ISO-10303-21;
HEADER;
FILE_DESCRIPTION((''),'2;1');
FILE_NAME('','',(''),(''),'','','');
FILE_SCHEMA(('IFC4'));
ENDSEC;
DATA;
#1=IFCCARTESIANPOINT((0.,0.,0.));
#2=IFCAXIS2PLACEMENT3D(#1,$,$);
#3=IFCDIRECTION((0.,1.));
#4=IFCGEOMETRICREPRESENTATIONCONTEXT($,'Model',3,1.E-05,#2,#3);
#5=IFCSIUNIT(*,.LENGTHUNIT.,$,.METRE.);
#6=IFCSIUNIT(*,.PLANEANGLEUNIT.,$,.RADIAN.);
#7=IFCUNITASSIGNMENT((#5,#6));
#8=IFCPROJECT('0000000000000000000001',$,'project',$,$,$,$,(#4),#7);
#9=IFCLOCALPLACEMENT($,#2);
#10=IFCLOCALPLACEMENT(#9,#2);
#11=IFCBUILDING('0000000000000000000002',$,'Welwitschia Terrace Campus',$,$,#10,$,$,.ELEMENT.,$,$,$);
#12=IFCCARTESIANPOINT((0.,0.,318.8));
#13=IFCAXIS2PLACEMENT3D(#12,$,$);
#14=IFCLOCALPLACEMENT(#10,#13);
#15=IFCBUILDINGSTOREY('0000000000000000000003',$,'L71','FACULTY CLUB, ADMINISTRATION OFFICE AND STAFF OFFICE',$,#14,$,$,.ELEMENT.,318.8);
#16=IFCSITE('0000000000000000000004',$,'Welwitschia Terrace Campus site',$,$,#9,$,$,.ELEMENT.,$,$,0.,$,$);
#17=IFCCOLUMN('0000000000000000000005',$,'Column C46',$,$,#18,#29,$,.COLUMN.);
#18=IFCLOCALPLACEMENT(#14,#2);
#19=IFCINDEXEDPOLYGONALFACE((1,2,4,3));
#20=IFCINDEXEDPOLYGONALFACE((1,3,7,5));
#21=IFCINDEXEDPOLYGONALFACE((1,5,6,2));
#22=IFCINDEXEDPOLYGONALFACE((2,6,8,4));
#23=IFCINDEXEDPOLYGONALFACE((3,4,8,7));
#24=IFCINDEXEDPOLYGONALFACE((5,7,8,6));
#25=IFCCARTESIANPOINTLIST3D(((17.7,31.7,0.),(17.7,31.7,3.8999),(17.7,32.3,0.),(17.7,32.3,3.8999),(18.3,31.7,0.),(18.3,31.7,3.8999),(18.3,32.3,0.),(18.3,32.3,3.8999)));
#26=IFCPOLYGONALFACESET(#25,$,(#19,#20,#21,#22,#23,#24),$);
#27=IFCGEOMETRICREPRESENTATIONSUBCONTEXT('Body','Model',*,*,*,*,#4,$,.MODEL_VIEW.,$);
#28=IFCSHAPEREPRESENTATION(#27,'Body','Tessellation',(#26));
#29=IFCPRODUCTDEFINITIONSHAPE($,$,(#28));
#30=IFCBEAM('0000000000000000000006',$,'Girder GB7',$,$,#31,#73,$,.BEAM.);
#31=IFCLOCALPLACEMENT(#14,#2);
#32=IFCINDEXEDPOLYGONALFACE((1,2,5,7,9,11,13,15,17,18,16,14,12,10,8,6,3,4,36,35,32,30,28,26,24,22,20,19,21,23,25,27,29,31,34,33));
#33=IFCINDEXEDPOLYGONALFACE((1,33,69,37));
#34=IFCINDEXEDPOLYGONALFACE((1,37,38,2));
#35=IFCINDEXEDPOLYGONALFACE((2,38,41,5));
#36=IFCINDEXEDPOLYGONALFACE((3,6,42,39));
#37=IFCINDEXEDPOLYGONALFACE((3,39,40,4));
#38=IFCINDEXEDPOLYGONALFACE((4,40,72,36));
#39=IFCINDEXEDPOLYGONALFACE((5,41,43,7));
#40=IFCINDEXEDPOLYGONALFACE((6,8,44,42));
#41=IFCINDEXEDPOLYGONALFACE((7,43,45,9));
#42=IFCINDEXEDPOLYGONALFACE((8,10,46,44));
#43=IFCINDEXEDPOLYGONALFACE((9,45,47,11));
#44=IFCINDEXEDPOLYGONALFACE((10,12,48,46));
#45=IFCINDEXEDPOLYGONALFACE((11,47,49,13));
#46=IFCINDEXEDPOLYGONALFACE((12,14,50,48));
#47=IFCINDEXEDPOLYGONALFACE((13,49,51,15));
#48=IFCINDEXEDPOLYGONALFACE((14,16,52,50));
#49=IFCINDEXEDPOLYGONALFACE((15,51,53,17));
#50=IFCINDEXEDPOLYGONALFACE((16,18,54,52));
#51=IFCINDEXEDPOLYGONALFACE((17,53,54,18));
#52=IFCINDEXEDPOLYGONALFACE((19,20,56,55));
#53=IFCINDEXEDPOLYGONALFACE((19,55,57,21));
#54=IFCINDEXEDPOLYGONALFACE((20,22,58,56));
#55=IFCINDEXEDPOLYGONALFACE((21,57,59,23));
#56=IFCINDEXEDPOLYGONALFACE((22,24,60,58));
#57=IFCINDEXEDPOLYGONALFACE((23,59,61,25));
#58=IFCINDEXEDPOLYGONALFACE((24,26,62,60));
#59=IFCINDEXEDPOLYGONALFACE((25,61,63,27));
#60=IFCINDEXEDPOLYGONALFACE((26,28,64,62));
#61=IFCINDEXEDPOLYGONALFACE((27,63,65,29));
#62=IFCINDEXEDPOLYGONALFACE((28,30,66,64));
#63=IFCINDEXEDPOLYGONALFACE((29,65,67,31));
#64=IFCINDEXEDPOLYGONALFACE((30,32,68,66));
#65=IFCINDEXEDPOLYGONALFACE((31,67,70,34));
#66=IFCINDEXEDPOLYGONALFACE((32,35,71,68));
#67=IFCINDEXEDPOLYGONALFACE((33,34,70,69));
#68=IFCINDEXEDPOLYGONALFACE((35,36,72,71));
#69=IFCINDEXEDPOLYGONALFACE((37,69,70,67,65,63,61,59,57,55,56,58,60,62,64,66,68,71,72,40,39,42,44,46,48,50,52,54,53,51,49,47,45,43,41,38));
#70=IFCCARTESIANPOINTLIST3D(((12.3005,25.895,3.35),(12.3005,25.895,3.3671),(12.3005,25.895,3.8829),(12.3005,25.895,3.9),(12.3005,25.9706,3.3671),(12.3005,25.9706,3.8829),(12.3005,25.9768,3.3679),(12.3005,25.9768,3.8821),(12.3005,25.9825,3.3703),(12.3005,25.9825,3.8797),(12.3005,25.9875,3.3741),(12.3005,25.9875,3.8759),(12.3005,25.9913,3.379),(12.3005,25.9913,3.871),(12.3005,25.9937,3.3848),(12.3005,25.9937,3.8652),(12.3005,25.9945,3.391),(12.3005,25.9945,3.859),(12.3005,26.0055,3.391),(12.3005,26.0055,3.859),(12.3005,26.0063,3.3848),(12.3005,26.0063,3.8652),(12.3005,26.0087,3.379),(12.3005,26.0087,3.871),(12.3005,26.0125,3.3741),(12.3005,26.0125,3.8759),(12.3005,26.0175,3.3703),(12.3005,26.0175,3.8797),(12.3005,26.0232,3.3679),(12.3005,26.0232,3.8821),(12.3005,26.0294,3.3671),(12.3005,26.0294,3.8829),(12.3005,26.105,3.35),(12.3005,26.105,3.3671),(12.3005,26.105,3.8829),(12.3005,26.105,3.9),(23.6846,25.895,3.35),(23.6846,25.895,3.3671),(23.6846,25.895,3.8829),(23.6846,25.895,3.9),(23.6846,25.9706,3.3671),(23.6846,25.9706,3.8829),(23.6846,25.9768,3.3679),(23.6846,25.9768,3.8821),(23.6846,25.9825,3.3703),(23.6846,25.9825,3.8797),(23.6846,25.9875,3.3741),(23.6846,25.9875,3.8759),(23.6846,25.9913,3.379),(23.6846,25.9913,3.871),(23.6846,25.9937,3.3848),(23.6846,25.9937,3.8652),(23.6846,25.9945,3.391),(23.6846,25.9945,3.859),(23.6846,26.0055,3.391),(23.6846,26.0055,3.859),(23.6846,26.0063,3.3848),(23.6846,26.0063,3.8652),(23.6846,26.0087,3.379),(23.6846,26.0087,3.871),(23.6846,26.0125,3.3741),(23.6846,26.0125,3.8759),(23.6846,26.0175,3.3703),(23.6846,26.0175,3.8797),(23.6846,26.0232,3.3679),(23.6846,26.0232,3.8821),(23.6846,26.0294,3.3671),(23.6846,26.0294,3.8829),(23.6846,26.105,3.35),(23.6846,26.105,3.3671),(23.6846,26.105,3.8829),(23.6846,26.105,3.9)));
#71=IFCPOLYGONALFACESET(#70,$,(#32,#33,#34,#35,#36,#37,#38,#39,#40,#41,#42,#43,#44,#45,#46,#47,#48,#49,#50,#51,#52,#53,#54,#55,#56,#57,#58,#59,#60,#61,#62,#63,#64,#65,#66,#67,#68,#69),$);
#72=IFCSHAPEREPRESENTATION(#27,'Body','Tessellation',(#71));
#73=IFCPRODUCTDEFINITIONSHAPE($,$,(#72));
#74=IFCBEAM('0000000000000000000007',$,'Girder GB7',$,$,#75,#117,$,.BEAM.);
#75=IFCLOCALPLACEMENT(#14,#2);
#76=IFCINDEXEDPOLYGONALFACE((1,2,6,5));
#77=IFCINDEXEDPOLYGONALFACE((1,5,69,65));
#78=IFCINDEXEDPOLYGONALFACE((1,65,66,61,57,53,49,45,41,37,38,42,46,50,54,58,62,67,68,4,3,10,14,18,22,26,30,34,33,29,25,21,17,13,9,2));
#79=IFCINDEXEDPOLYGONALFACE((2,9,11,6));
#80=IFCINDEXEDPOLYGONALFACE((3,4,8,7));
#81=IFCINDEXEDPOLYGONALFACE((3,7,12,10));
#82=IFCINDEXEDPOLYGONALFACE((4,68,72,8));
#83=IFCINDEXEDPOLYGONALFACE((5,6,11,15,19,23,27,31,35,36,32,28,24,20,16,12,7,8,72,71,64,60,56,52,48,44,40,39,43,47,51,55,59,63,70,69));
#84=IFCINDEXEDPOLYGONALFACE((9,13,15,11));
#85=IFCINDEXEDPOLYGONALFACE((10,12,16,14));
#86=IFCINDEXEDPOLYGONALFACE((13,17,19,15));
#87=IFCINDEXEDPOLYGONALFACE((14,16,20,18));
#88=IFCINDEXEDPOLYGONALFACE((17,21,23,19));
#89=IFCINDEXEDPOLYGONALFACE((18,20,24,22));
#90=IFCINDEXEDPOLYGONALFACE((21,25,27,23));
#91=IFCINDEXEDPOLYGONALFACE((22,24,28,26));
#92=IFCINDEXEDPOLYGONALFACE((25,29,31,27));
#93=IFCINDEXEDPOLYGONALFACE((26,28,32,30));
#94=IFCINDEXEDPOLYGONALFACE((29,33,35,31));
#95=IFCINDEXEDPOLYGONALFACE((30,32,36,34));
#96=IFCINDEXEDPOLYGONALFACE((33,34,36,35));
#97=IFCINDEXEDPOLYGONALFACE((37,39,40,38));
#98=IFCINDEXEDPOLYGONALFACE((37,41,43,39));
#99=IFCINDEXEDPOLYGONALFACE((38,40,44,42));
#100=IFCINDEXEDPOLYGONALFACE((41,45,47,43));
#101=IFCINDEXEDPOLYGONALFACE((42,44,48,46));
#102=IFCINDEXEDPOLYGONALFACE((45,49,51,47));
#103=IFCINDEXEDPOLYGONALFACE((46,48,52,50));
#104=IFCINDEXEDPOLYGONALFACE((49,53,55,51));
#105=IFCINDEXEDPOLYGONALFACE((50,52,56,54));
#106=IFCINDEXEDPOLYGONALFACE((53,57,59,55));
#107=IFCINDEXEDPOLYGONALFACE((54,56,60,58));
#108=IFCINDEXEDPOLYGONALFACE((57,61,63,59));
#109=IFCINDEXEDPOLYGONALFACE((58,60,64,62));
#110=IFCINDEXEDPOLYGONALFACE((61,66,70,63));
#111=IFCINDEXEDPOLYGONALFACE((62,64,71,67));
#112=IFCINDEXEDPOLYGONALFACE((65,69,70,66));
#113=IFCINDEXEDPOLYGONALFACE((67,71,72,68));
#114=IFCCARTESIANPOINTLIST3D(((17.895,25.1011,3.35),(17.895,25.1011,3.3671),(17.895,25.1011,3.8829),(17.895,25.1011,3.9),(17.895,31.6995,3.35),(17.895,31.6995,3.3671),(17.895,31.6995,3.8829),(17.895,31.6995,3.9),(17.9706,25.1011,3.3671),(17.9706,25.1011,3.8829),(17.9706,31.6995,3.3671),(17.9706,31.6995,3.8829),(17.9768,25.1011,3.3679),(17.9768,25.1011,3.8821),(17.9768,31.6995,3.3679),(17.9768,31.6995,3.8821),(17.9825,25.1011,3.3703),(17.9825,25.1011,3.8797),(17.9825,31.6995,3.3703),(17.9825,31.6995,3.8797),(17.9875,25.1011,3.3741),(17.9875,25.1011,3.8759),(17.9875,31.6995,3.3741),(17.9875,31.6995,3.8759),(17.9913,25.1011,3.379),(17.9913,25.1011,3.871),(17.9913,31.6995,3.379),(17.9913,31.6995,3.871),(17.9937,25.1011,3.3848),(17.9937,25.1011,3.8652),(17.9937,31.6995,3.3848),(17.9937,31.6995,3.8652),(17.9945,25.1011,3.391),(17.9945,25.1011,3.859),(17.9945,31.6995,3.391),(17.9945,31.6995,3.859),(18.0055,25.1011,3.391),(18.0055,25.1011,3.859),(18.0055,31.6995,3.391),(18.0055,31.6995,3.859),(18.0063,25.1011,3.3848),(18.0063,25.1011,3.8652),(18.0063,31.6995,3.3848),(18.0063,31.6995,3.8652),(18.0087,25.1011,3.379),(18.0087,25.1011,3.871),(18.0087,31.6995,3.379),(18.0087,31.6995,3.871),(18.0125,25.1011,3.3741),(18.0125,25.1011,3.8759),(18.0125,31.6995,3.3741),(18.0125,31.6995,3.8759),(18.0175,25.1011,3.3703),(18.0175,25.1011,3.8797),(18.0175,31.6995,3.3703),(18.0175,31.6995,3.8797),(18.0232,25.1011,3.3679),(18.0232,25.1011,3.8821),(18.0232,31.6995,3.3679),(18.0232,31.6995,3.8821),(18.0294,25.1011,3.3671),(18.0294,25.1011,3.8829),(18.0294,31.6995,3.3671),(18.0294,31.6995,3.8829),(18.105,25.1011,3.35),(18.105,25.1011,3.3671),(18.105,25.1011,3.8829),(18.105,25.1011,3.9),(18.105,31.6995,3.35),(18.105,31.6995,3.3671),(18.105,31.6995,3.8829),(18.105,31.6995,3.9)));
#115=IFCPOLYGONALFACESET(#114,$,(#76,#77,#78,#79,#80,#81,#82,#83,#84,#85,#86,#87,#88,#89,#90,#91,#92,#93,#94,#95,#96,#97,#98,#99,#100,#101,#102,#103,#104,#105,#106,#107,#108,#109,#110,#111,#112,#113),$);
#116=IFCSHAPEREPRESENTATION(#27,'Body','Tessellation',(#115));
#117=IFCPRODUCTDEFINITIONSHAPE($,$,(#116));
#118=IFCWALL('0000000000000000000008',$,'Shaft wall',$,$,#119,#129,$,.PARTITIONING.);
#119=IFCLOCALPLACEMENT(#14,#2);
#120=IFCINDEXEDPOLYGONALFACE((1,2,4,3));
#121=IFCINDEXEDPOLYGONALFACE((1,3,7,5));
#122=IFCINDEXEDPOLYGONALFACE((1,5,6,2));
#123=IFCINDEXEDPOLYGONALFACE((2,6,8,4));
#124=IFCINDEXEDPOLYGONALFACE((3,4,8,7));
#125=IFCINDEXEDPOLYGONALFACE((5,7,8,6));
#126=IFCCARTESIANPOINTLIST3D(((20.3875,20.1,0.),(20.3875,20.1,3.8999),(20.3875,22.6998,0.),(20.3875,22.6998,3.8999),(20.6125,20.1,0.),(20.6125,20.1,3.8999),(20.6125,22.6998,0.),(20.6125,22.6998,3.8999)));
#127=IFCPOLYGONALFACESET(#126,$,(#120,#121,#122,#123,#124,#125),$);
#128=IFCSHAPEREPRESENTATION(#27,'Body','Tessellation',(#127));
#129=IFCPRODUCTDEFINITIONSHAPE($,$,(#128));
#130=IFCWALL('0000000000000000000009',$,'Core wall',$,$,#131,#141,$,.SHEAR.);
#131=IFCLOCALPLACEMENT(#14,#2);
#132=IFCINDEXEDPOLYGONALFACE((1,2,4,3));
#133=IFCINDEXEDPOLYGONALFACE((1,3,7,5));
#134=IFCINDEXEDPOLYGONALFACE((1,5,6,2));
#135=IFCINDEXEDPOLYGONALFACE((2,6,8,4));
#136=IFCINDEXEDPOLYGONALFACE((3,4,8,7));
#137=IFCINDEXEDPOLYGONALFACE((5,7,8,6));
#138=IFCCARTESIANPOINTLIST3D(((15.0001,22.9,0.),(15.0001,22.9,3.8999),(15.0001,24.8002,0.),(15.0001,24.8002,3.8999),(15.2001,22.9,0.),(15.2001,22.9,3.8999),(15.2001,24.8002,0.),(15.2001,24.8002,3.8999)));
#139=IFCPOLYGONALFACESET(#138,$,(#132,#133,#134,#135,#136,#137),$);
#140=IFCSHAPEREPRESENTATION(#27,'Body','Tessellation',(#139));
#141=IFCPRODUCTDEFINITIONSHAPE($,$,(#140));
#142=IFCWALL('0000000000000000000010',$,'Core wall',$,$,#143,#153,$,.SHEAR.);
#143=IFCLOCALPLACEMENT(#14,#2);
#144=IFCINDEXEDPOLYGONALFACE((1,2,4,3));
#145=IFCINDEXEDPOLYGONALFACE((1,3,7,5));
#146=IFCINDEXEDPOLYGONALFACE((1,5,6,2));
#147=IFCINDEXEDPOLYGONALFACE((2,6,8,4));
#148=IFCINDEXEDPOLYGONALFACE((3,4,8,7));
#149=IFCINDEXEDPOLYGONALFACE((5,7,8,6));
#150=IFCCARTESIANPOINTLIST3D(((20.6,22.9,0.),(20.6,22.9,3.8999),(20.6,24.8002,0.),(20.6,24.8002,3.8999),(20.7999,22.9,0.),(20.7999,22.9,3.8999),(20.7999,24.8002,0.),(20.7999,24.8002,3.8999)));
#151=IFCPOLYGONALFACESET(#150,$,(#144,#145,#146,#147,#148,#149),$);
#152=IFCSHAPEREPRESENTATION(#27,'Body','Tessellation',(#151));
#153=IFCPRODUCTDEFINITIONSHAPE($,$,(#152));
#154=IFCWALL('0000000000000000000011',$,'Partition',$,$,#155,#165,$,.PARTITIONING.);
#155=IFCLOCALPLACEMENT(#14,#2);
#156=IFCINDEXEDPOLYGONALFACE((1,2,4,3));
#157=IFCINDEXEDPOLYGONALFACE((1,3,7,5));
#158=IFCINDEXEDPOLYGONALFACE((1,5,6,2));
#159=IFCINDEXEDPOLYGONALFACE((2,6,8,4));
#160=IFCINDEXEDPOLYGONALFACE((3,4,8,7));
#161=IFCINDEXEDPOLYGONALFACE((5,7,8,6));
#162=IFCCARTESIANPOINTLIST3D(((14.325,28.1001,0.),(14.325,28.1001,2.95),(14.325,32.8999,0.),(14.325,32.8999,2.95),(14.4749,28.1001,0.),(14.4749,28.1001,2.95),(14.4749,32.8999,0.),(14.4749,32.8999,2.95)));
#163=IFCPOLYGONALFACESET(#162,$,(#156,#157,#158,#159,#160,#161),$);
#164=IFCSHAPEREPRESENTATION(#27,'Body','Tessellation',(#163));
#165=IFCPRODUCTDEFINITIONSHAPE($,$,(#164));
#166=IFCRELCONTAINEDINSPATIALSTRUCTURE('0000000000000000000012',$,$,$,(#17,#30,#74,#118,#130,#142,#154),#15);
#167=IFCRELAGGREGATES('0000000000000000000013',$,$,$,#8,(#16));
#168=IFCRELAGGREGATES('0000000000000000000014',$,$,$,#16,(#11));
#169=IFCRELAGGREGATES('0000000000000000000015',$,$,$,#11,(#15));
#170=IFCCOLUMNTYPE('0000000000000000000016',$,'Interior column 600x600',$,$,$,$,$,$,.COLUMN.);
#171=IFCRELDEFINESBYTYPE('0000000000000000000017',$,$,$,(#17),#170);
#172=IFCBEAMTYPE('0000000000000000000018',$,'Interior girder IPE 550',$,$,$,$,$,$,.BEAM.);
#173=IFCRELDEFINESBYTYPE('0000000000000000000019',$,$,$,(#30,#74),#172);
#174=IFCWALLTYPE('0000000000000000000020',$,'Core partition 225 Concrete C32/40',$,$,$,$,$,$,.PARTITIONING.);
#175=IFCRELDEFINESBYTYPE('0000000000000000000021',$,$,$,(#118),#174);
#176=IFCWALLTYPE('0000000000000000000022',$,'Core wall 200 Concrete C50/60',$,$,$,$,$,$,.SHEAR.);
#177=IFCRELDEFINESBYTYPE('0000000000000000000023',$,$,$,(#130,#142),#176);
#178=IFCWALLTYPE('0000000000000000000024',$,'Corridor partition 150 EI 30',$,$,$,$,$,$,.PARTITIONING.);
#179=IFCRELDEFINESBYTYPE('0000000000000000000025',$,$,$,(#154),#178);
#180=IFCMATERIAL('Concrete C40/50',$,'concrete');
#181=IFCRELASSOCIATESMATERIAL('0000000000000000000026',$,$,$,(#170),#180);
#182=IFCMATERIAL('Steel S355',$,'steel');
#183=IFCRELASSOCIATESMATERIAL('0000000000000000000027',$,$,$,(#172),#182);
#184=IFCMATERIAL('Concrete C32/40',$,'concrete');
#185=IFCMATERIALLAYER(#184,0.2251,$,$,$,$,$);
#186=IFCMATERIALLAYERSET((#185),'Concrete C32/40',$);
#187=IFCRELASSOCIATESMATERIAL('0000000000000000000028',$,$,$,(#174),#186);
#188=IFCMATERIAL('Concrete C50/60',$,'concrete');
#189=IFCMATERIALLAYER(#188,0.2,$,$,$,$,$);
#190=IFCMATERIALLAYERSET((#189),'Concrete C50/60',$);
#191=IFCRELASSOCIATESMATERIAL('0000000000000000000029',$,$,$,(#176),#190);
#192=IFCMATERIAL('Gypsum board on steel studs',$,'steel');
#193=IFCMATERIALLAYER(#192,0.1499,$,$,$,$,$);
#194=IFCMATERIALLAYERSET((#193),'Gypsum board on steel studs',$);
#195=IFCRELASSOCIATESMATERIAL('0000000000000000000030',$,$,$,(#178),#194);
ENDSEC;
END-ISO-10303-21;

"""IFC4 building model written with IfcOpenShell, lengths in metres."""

from ifc_helpers import new_model, si_unit, direction, frame, frame_2d, origin, origin_2d, place, context, subcontext, project, spatial, rectangle, i_section, extrude, material, layer, layer_set, material_profile, profile_set, type_object, element, save


model = new_model("IFC4")

# Units and contexts
model_context = context("Model", 3, precision=1e-05, world=origin(), true_north=direction((0.0, 1.0)))
body_context = subcontext(model_context, "Body", "Model", "MODEL_VIEW")
ifc_project = project(units=[si_unit("LENGTHUNIT", "METRE"), si_unit("PLANEANGLEUNIT", "RADIAN")], contexts=[model_context])

# Site, building, storey
site_placement = place(None, origin())
site = spatial("IfcSite", under=ifc_project, at=site_placement, Name="Welwitschia Terrace Campus site", CompositionType="ELEMENT", RefElevation=0.0)
building_placement = place(site_placement, origin())
building = spatial("IfcBuilding", under=site, at=building_placement, Name="Welwitschia Terrace Campus", CompositionType="ELEMENT")
storey_placement = place(building_placement, frame((0.0, 0.0, 318.8)))
storey = spatial("IfcBuildingStorey", under=building, at=storey_placement, Name="L71", Description="FACULTY CLUB, ADMINISTRATION OFFICE AND STAFF OFFICE", CompositionType="ELEMENT", Elevation=318.8)

# Column
ifc_material_1 = material(Name="Concrete C40/50", Category="concrete")
ifc_material_profile_1 = material_profile(ifc_material_1, rectangle(XDim=0.6001, YDim=0.6001, at=origin_2d()))
ifc_profile_set_1 = profile_set([ifc_material_profile_1], Name="Concrete C40/50")
column_type = type_object("IfcColumnType", Name="Interior column 600x600", PredefinedType="COLUMN", material=ifc_profile_set_1)
column_placement = place(storey_placement, frame((18.0, 32.0, 0.0), z_axis=(0.0, 0.0, 1.0), x_axis=(1.0, 0.0, 0.0)))
element("IfcColumn", 1, at=column_placement, inside=storey, type_object=column_type, Name="Column C46", PredefinedType="COLUMN", context=body_context, shape_type="SweptSolid", body=[
    extrude(rectangle(XDim=0.6001, YDim=0.6001, at=origin_2d()), origin(), (0.0, 0.0, 1.0), 3.8999),
])

# Beams
ifc_material_2 = material(Name="Steel S355", Category="steel")
ifc_material_profile_2 = material_profile(ifc_material_2, i_section(OverallWidth=0.21, OverallDepth=0.55, WebThickness=0.011, FlangeThickness=0.0171, FilletRadius=0.0239, at=origin_2d()))
ifc_profile_set_2 = profile_set([ifc_material_profile_2], Name="Steel S355")
beam_type = type_object("IfcBeamType", Name="Interior girder IPE 550", PredefinedType="BEAM", material=ifc_profile_set_2)
beam_1_placement = place(storey_placement, frame((12.3005, 26.0, 3.625), z_axis=(1.0, 0.0, 0.0), x_axis=(0.0, 1.0, 0.0)))
element("IfcBeam", 2, at=beam_1_placement, inside=storey, type_object=beam_type, Name="Girder GB7", PredefinedType="BEAM", context=body_context, shape_type="SweptSolid", body=[
    extrude(i_section(OverallWidth=0.21, OverallDepth=0.55, WebThickness=0.011, FlangeThickness=0.0171, FilletRadius=0.0239, at=origin_2d()), origin(), (0.0, 0.0, 1.0), 11.384),
])
beam_2_placement = place(storey_placement, frame((18.0, 25.1011, 3.625), z_axis=(0.0, 1.0, 0.0), x_axis=(-1.0, 0.0, 0.0)))
element("IfcBeam", 3, at=beam_2_placement, inside=storey, type_object=beam_type, Name="Girder GB7", PredefinedType="BEAM", context=body_context, shape_type="SweptSolid", body=[
    extrude(i_section(OverallWidth=0.21, OverallDepth=0.55, WebThickness=0.011, FlangeThickness=0.0171, FilletRadius=0.0239, at=origin_2d()), origin(), (0.0, 0.0, 1.0), 6.5984),
])

# Walls
ifc_material_3 = material(Name="Concrete C32/40", Category="concrete")
ifc_layer_1 = layer(ifc_material_3, 0.2251)
ifc_layer_set_1 = layer_set([ifc_layer_1], Name="Concrete C32/40")
wall_type_1 = type_object("IfcWallType", Name="Core partition 225 Concrete C32/40", PredefinedType="PARTITIONING", material=ifc_layer_set_1)
wall_1_placement = place(storey_placement, frame((20.5, 20.1001, 0.0), z_axis=(0.0, 0.0, 1.0), x_axis=(0.0, 1.0, 0.0)))
element("IfcWall", 4, at=wall_1_placement, inside=storey, type_object=wall_type_1, Name="Shaft wall", PredefinedType="PARTITIONING", context=body_context, shape_type="SweptSolid", body=[
    extrude(rectangle(XDim=2.5999, YDim=0.2251, at=frame_2d((1.2998, 0.0))), origin(), (0.0, 0.0, 1.0), 3.8999),
])
ifc_material_4 = material(Name="Concrete C50/60", Category="concrete")
ifc_layer_2 = layer(ifc_material_4, 0.2)
ifc_layer_set_2 = layer_set([ifc_layer_2], Name="Concrete C50/60")
wall_type_2 = type_object("IfcWallType", Name="Core wall 200 Concrete C50/60", PredefinedType="SHEAR", material=ifc_layer_set_2)
for number, where, z_axis, x_axis, name in (
    (5, (15.1001, 22.8999, 0.0), (0.0, 0.0, 1.0), (0.0, 1.0, 0.0), "Core wall"),
    (6, (20.7, 22.8999, 0.0), (0.0, 0.0, 1.0), (0.0, 1.0, 0.0), "Core wall"),
):
    element("IfcWall", number, at=place(storey_placement, frame(where, z_axis=z_axis, x_axis=x_axis)), inside=storey, type_object=wall_type_2, Name=name, PredefinedType="SHEAR", context=body_context, shape_type="SweptSolid", body=[
        extrude(rectangle(XDim=1.9001, YDim=0.2, at=frame_2d((0.9502, 0.0))), origin(), (0.0, 0.0, 1.0), 3.8999),
    ])
ifc_material_5 = material(Name="Gypsum board on steel studs", Category="steel")
ifc_layer_3 = layer(ifc_material_5, 0.1499)
ifc_layer_set_3 = layer_set([ifc_layer_3], Name="Gypsum board on steel studs")
wall_type_3 = type_object("IfcWallType", Name="Corridor partition 150 EI 30", PredefinedType="PARTITIONING", material=ifc_layer_set_3)
wall_2_placement = place(storey_placement, frame((14.3999, 28.1001, 0.0), z_axis=(0.0, 0.0, 1.0), x_axis=(0.0, 1.0, 0.0)))
element("IfcWall", 7, at=wall_2_placement, inside=storey, type_object=wall_type_3, Name="Partition", PredefinedType="PARTITIONING", context=body_context, shape_type="SweptSolid", body=[
    extrude(rectangle(XDim=4.7998, YDim=0.1499, at=frame_2d((2.3999, 0.0))), origin(), (0.0, 0.0, 1.0), 2.95),
])

save(model, "model.ifc")
